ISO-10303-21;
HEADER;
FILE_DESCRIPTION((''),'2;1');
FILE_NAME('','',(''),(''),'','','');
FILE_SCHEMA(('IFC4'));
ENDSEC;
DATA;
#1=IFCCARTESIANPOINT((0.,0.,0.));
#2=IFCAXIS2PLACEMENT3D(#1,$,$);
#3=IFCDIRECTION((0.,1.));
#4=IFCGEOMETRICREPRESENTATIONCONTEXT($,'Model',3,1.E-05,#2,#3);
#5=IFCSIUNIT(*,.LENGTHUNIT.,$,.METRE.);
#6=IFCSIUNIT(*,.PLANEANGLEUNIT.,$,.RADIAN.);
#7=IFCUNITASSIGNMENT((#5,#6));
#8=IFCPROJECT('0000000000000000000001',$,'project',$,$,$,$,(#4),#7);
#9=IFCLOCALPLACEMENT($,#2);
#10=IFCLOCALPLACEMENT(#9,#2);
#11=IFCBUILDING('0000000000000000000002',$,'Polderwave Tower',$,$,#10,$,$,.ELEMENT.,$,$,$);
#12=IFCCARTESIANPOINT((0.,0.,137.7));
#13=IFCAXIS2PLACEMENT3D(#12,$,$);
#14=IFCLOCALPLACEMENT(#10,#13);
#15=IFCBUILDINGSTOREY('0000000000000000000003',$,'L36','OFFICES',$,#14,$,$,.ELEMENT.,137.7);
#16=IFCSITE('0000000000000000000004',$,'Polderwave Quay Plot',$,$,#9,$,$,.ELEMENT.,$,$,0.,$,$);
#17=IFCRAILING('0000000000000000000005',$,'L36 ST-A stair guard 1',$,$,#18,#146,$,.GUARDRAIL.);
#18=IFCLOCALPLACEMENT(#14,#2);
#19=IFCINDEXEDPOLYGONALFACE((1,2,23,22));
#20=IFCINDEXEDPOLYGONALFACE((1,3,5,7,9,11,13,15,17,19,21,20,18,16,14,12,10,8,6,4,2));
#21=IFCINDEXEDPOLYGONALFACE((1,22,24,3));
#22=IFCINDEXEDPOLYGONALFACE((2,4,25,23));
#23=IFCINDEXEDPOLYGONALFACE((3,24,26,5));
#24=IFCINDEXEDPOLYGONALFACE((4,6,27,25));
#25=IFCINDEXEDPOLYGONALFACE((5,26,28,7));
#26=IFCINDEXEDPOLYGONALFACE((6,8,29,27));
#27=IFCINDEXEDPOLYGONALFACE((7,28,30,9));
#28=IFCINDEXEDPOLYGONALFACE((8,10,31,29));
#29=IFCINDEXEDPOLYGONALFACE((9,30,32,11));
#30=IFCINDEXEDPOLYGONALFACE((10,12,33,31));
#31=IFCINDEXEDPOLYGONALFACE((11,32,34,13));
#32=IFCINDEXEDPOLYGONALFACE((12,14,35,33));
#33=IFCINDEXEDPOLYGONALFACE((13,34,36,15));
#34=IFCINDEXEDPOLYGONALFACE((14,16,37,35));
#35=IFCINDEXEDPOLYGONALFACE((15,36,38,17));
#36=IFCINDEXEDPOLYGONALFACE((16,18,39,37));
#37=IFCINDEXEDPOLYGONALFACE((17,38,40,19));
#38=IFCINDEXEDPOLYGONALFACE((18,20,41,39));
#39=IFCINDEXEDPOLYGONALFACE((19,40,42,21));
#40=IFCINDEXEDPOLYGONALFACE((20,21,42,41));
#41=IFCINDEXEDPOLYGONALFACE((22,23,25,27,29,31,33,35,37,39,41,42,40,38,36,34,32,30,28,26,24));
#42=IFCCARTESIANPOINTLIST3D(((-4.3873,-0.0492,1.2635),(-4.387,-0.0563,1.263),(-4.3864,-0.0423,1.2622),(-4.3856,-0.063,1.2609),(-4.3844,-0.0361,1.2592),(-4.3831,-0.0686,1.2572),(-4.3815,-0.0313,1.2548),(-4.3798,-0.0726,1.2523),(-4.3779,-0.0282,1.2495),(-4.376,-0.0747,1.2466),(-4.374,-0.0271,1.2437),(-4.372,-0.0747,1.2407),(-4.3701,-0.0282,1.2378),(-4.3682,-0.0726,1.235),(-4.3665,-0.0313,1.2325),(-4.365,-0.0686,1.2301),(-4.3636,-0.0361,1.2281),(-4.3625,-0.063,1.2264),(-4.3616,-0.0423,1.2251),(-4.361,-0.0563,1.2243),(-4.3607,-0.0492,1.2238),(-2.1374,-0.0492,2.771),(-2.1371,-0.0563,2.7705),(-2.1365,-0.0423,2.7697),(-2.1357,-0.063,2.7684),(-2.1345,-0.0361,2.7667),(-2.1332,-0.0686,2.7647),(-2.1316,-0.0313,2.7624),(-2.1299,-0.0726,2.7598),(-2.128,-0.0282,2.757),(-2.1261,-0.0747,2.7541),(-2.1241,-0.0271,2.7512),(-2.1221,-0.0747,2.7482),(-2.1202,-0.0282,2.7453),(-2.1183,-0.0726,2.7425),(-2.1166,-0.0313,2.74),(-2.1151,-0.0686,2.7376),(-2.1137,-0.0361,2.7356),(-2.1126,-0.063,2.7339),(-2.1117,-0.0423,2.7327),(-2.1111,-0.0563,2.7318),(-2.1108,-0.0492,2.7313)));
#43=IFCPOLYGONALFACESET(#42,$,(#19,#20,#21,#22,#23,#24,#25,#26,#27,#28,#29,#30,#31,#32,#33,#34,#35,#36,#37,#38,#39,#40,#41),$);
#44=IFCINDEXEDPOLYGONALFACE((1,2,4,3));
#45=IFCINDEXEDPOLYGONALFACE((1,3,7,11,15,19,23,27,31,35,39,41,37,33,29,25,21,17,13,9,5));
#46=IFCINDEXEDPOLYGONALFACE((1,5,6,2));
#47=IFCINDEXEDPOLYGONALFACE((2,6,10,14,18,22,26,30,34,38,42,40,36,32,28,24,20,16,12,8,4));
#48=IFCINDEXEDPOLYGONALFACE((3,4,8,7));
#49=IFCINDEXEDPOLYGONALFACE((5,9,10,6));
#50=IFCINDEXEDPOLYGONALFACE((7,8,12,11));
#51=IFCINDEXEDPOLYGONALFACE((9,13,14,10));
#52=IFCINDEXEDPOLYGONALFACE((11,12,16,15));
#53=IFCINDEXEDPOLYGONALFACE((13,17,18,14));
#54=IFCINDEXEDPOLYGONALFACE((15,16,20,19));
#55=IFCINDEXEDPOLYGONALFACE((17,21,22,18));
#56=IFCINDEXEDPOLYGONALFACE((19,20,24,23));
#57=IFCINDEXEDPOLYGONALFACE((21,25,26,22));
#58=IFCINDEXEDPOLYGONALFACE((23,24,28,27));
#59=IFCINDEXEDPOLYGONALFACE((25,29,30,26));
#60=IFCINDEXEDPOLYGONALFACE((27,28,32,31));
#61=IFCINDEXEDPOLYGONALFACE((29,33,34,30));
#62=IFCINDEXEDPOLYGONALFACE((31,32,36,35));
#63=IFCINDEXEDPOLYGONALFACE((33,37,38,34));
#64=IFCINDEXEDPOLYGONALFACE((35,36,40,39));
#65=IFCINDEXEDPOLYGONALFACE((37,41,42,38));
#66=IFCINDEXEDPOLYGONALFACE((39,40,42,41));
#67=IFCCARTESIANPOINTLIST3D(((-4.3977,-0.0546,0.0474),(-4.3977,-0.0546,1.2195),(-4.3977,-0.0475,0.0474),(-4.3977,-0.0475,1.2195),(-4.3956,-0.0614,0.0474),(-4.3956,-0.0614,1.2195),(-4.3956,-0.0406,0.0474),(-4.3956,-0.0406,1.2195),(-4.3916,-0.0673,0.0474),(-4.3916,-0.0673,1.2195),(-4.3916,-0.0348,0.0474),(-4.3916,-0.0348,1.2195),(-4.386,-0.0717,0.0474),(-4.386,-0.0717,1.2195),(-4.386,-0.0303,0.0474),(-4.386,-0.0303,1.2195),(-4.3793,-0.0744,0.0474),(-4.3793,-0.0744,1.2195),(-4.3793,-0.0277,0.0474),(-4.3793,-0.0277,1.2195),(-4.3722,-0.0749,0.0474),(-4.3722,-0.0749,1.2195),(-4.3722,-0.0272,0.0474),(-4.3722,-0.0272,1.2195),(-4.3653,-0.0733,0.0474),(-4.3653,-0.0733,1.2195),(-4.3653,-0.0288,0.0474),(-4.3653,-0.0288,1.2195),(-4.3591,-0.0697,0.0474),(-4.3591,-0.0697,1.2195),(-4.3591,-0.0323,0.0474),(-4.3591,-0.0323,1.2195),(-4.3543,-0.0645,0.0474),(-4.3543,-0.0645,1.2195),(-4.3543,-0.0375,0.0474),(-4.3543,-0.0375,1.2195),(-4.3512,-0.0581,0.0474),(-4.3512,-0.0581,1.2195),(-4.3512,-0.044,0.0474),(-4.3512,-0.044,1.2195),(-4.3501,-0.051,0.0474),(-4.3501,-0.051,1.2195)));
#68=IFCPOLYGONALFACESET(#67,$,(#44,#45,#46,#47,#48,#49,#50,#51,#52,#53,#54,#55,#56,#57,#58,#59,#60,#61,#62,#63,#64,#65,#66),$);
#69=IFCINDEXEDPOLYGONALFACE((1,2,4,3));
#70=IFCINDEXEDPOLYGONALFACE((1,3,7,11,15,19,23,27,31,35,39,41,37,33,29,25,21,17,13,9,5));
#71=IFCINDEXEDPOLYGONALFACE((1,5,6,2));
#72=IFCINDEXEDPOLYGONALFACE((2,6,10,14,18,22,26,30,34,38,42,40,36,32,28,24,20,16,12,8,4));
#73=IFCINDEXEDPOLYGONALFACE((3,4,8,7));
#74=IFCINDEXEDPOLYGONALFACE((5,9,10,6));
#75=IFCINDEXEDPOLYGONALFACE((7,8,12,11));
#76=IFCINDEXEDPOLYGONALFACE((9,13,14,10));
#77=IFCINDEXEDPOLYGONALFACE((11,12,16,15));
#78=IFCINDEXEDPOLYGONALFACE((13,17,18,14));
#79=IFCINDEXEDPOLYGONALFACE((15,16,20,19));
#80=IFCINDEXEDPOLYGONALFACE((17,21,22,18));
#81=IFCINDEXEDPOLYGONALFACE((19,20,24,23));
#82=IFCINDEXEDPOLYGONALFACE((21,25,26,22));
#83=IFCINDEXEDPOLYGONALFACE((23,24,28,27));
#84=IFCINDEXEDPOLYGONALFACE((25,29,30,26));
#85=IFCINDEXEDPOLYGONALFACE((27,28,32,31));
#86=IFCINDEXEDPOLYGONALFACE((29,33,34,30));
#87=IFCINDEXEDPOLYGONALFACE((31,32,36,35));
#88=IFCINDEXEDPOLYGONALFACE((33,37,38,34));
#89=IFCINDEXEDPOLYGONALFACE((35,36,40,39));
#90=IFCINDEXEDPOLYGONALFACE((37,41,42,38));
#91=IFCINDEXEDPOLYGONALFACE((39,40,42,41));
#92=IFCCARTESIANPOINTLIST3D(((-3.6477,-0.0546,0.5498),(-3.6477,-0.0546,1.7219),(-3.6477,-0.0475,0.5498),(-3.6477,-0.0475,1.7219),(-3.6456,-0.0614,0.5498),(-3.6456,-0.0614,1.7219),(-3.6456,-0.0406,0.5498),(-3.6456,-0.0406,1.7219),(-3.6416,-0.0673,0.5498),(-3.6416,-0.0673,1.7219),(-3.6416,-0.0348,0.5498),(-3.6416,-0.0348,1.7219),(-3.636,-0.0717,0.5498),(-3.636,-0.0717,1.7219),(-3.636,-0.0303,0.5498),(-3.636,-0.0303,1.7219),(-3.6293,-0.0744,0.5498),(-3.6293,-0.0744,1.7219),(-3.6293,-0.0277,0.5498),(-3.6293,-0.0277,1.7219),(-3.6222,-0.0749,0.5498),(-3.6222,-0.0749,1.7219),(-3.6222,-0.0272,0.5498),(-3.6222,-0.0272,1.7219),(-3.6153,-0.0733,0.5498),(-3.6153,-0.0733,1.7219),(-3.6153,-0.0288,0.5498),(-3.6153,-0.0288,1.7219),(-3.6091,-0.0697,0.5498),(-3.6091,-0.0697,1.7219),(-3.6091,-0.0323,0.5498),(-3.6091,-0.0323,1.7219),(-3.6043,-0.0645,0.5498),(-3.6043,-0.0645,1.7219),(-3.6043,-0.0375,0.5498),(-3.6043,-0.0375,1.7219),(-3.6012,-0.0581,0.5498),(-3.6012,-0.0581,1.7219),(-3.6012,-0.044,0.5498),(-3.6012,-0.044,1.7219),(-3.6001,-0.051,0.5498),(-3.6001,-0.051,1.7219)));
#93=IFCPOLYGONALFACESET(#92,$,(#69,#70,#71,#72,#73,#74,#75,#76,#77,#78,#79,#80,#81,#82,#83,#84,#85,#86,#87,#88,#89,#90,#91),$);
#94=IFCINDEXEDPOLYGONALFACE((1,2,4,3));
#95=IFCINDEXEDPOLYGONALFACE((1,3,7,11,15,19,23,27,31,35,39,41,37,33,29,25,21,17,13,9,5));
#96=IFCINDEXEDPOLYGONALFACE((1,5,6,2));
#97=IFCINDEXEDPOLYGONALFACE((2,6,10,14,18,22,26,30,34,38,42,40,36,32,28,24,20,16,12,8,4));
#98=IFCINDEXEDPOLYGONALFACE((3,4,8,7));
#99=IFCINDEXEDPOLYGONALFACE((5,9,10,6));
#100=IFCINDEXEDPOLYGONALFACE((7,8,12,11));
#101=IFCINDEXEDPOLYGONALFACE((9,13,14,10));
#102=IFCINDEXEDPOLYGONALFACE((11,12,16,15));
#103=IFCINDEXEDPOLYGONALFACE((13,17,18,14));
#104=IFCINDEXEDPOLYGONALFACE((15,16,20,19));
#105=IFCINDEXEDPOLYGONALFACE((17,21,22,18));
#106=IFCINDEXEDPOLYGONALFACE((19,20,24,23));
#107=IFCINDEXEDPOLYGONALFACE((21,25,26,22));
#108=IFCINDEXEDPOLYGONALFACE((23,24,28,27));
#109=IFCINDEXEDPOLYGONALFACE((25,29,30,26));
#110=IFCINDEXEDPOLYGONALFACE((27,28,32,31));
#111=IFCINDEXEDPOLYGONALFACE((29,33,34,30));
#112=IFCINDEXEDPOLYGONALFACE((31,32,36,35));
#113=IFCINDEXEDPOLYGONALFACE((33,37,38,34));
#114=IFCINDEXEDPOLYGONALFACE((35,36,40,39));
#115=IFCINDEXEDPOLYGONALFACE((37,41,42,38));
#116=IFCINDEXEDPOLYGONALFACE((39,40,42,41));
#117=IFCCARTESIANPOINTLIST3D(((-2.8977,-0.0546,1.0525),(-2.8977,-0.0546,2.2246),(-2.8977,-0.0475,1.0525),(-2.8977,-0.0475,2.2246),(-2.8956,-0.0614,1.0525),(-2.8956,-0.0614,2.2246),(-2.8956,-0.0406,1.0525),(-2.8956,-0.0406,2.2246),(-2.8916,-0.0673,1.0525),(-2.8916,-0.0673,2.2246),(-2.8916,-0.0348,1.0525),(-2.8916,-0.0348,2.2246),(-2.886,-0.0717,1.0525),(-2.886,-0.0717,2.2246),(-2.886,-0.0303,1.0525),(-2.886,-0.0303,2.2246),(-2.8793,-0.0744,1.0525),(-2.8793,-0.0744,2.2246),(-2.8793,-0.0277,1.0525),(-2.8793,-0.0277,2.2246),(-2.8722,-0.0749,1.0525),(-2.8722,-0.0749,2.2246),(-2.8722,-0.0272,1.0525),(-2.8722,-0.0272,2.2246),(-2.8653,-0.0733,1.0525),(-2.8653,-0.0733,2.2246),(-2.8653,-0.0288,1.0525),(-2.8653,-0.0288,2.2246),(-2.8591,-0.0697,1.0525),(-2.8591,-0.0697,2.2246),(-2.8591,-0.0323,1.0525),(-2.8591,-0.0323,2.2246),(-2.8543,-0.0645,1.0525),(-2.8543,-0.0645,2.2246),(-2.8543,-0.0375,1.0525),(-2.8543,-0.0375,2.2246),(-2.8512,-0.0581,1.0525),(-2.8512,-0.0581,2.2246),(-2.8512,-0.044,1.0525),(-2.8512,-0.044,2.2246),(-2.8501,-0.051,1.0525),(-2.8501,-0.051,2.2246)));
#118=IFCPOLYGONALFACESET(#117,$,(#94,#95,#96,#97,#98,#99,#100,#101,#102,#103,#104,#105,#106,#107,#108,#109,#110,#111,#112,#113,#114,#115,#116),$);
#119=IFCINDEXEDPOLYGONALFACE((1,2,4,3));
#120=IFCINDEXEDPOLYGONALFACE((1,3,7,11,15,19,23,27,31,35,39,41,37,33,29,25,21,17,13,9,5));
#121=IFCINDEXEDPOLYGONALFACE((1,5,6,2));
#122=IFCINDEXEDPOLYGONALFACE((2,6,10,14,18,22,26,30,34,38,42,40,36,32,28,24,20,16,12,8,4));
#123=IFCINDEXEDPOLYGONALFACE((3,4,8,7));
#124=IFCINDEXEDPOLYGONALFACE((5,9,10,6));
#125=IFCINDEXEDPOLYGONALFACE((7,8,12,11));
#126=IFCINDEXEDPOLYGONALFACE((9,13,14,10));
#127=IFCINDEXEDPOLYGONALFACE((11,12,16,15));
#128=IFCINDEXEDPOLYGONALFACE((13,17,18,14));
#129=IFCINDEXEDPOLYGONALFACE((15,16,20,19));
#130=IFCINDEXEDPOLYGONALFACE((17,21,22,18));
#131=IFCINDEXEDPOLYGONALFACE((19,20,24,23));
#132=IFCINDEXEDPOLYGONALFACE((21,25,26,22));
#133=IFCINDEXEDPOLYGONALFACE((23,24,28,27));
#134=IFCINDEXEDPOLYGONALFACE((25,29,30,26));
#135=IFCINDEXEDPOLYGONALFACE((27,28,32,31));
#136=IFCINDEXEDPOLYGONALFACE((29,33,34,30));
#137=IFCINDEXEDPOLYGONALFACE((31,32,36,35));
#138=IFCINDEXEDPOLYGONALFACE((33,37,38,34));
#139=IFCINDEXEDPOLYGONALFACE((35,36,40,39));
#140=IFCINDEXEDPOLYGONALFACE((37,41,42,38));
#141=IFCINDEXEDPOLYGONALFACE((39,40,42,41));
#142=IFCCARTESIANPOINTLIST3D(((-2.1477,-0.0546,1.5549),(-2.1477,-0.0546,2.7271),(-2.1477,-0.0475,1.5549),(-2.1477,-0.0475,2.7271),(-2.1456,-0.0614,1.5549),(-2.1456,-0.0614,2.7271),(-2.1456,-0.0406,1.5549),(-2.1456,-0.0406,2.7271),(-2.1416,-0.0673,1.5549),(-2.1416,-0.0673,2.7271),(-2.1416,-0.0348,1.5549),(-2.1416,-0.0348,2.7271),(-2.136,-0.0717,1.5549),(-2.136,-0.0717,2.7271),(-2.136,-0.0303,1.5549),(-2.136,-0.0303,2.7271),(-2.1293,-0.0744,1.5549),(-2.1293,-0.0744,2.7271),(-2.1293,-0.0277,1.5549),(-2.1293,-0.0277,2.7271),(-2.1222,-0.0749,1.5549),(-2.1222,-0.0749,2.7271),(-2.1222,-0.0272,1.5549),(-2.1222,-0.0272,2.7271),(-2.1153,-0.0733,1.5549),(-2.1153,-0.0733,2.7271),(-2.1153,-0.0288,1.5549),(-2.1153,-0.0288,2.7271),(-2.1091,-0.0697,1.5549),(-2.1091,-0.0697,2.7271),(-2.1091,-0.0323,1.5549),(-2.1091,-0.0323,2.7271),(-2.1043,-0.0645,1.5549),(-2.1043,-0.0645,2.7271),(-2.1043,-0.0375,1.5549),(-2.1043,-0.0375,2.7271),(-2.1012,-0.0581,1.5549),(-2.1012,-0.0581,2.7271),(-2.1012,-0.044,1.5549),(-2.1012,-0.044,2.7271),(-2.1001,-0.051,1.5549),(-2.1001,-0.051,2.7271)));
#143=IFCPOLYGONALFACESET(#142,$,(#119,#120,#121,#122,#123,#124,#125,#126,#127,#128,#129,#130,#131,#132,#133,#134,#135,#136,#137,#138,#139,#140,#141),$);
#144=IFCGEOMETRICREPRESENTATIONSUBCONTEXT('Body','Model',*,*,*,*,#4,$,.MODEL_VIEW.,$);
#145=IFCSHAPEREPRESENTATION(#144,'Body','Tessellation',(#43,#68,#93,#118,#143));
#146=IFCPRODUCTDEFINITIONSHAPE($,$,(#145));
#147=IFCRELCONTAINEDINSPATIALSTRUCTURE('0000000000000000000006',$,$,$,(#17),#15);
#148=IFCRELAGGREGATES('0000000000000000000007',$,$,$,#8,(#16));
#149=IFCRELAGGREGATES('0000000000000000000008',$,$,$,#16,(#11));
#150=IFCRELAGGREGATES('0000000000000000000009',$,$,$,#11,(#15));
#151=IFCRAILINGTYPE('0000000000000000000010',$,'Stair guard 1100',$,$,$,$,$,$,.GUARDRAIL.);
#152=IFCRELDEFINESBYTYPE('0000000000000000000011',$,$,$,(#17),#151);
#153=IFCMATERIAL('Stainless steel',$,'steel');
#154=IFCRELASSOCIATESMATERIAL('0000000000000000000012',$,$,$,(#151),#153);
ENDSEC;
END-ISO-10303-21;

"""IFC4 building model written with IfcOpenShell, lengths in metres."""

from ifc_helpers import new_model, si_unit, direction, frame, origin, origin_2d, place, context, subcontext, project, spatial, circle, extrude, material, type_object, element, save


model = new_model("IFC4")

# Units and contexts
model_context = context("Model", 3, precision=1e-05, world=origin(), true_north=direction((0.0, 1.0)))
body_context = subcontext(model_context, "Body", "Model", "MODEL_VIEW")
ifc_project = project(units=[si_unit("LENGTHUNIT", "METRE"), si_unit("PLANEANGLEUNIT", "RADIAN")], contexts=[model_context])

# Site, building, storey
site_placement = place(None, origin())
site = spatial("IfcSite", under=ifc_project, at=site_placement, Name="Polderwave Quay Plot", CompositionType="ELEMENT", RefElevation=0.0)
building_placement = place(site_placement, origin())
building = spatial("IfcBuilding", under=site, at=building_placement, Name="Polderwave Tower", CompositionType="ELEMENT")
storey_placement = place(building_placement, frame((0.0, 0.0, 137.7)))
storey = spatial("IfcBuildingStorey", under=building, at=storey_placement, Name="L36", Description="OFFICES", CompositionType="ELEMENT", Elevation=137.7)

# Railing
ifc_material_1 = material(Name="Stainless steel", Category="steel")
railing_type_1 = type_object("IfcRailingType", Name="Stair guard 1100", PredefinedType="GUARDRAIL", material=ifc_material_1)
railing_1_placement = place(storey_placement, frame((-4.374, -0.051, 0.0474)))
element("IfcRailing", 1, at=railing_1_placement, inside=storey, type_object=railing_type_1, Name="L36 ST-A stair guard 1", PredefinedType="GUARDRAIL", context=body_context, shape_type="SweptSolid", body=[
    extrude(circle(Radius=0.0239, at=origin_2d()), frame((0.0, 0.0, 1.1963), z_axis=(0.830758, 0.0, 0.556633), x_axis=(0.0, 1.0, 0.0)), (0.0, 0.0, 1.0), 2.7083),
    extrude(circle(Radius=0.0239, at=origin_2d()), origin(), (0.0, 0.0, 1.0), 1.1721),
    extrude(circle(Radius=0.0239, at=origin_2d()), frame((0.75, 0.0, 0.5024)), (0.0, 0.0, 1.0), 1.1721),
    extrude(circle(Radius=0.0239, at=origin_2d()), frame((1.5, 0.0, 1.0051)), (0.0, 0.0, 1.0), 1.1721),
    extrude(circle(Radius=0.0239, at=origin_2d()), frame((2.25, 0.0, 1.5076)), (0.0, 0.0, 1.0), 1.1721),
])

save(model, "model.ifc")
